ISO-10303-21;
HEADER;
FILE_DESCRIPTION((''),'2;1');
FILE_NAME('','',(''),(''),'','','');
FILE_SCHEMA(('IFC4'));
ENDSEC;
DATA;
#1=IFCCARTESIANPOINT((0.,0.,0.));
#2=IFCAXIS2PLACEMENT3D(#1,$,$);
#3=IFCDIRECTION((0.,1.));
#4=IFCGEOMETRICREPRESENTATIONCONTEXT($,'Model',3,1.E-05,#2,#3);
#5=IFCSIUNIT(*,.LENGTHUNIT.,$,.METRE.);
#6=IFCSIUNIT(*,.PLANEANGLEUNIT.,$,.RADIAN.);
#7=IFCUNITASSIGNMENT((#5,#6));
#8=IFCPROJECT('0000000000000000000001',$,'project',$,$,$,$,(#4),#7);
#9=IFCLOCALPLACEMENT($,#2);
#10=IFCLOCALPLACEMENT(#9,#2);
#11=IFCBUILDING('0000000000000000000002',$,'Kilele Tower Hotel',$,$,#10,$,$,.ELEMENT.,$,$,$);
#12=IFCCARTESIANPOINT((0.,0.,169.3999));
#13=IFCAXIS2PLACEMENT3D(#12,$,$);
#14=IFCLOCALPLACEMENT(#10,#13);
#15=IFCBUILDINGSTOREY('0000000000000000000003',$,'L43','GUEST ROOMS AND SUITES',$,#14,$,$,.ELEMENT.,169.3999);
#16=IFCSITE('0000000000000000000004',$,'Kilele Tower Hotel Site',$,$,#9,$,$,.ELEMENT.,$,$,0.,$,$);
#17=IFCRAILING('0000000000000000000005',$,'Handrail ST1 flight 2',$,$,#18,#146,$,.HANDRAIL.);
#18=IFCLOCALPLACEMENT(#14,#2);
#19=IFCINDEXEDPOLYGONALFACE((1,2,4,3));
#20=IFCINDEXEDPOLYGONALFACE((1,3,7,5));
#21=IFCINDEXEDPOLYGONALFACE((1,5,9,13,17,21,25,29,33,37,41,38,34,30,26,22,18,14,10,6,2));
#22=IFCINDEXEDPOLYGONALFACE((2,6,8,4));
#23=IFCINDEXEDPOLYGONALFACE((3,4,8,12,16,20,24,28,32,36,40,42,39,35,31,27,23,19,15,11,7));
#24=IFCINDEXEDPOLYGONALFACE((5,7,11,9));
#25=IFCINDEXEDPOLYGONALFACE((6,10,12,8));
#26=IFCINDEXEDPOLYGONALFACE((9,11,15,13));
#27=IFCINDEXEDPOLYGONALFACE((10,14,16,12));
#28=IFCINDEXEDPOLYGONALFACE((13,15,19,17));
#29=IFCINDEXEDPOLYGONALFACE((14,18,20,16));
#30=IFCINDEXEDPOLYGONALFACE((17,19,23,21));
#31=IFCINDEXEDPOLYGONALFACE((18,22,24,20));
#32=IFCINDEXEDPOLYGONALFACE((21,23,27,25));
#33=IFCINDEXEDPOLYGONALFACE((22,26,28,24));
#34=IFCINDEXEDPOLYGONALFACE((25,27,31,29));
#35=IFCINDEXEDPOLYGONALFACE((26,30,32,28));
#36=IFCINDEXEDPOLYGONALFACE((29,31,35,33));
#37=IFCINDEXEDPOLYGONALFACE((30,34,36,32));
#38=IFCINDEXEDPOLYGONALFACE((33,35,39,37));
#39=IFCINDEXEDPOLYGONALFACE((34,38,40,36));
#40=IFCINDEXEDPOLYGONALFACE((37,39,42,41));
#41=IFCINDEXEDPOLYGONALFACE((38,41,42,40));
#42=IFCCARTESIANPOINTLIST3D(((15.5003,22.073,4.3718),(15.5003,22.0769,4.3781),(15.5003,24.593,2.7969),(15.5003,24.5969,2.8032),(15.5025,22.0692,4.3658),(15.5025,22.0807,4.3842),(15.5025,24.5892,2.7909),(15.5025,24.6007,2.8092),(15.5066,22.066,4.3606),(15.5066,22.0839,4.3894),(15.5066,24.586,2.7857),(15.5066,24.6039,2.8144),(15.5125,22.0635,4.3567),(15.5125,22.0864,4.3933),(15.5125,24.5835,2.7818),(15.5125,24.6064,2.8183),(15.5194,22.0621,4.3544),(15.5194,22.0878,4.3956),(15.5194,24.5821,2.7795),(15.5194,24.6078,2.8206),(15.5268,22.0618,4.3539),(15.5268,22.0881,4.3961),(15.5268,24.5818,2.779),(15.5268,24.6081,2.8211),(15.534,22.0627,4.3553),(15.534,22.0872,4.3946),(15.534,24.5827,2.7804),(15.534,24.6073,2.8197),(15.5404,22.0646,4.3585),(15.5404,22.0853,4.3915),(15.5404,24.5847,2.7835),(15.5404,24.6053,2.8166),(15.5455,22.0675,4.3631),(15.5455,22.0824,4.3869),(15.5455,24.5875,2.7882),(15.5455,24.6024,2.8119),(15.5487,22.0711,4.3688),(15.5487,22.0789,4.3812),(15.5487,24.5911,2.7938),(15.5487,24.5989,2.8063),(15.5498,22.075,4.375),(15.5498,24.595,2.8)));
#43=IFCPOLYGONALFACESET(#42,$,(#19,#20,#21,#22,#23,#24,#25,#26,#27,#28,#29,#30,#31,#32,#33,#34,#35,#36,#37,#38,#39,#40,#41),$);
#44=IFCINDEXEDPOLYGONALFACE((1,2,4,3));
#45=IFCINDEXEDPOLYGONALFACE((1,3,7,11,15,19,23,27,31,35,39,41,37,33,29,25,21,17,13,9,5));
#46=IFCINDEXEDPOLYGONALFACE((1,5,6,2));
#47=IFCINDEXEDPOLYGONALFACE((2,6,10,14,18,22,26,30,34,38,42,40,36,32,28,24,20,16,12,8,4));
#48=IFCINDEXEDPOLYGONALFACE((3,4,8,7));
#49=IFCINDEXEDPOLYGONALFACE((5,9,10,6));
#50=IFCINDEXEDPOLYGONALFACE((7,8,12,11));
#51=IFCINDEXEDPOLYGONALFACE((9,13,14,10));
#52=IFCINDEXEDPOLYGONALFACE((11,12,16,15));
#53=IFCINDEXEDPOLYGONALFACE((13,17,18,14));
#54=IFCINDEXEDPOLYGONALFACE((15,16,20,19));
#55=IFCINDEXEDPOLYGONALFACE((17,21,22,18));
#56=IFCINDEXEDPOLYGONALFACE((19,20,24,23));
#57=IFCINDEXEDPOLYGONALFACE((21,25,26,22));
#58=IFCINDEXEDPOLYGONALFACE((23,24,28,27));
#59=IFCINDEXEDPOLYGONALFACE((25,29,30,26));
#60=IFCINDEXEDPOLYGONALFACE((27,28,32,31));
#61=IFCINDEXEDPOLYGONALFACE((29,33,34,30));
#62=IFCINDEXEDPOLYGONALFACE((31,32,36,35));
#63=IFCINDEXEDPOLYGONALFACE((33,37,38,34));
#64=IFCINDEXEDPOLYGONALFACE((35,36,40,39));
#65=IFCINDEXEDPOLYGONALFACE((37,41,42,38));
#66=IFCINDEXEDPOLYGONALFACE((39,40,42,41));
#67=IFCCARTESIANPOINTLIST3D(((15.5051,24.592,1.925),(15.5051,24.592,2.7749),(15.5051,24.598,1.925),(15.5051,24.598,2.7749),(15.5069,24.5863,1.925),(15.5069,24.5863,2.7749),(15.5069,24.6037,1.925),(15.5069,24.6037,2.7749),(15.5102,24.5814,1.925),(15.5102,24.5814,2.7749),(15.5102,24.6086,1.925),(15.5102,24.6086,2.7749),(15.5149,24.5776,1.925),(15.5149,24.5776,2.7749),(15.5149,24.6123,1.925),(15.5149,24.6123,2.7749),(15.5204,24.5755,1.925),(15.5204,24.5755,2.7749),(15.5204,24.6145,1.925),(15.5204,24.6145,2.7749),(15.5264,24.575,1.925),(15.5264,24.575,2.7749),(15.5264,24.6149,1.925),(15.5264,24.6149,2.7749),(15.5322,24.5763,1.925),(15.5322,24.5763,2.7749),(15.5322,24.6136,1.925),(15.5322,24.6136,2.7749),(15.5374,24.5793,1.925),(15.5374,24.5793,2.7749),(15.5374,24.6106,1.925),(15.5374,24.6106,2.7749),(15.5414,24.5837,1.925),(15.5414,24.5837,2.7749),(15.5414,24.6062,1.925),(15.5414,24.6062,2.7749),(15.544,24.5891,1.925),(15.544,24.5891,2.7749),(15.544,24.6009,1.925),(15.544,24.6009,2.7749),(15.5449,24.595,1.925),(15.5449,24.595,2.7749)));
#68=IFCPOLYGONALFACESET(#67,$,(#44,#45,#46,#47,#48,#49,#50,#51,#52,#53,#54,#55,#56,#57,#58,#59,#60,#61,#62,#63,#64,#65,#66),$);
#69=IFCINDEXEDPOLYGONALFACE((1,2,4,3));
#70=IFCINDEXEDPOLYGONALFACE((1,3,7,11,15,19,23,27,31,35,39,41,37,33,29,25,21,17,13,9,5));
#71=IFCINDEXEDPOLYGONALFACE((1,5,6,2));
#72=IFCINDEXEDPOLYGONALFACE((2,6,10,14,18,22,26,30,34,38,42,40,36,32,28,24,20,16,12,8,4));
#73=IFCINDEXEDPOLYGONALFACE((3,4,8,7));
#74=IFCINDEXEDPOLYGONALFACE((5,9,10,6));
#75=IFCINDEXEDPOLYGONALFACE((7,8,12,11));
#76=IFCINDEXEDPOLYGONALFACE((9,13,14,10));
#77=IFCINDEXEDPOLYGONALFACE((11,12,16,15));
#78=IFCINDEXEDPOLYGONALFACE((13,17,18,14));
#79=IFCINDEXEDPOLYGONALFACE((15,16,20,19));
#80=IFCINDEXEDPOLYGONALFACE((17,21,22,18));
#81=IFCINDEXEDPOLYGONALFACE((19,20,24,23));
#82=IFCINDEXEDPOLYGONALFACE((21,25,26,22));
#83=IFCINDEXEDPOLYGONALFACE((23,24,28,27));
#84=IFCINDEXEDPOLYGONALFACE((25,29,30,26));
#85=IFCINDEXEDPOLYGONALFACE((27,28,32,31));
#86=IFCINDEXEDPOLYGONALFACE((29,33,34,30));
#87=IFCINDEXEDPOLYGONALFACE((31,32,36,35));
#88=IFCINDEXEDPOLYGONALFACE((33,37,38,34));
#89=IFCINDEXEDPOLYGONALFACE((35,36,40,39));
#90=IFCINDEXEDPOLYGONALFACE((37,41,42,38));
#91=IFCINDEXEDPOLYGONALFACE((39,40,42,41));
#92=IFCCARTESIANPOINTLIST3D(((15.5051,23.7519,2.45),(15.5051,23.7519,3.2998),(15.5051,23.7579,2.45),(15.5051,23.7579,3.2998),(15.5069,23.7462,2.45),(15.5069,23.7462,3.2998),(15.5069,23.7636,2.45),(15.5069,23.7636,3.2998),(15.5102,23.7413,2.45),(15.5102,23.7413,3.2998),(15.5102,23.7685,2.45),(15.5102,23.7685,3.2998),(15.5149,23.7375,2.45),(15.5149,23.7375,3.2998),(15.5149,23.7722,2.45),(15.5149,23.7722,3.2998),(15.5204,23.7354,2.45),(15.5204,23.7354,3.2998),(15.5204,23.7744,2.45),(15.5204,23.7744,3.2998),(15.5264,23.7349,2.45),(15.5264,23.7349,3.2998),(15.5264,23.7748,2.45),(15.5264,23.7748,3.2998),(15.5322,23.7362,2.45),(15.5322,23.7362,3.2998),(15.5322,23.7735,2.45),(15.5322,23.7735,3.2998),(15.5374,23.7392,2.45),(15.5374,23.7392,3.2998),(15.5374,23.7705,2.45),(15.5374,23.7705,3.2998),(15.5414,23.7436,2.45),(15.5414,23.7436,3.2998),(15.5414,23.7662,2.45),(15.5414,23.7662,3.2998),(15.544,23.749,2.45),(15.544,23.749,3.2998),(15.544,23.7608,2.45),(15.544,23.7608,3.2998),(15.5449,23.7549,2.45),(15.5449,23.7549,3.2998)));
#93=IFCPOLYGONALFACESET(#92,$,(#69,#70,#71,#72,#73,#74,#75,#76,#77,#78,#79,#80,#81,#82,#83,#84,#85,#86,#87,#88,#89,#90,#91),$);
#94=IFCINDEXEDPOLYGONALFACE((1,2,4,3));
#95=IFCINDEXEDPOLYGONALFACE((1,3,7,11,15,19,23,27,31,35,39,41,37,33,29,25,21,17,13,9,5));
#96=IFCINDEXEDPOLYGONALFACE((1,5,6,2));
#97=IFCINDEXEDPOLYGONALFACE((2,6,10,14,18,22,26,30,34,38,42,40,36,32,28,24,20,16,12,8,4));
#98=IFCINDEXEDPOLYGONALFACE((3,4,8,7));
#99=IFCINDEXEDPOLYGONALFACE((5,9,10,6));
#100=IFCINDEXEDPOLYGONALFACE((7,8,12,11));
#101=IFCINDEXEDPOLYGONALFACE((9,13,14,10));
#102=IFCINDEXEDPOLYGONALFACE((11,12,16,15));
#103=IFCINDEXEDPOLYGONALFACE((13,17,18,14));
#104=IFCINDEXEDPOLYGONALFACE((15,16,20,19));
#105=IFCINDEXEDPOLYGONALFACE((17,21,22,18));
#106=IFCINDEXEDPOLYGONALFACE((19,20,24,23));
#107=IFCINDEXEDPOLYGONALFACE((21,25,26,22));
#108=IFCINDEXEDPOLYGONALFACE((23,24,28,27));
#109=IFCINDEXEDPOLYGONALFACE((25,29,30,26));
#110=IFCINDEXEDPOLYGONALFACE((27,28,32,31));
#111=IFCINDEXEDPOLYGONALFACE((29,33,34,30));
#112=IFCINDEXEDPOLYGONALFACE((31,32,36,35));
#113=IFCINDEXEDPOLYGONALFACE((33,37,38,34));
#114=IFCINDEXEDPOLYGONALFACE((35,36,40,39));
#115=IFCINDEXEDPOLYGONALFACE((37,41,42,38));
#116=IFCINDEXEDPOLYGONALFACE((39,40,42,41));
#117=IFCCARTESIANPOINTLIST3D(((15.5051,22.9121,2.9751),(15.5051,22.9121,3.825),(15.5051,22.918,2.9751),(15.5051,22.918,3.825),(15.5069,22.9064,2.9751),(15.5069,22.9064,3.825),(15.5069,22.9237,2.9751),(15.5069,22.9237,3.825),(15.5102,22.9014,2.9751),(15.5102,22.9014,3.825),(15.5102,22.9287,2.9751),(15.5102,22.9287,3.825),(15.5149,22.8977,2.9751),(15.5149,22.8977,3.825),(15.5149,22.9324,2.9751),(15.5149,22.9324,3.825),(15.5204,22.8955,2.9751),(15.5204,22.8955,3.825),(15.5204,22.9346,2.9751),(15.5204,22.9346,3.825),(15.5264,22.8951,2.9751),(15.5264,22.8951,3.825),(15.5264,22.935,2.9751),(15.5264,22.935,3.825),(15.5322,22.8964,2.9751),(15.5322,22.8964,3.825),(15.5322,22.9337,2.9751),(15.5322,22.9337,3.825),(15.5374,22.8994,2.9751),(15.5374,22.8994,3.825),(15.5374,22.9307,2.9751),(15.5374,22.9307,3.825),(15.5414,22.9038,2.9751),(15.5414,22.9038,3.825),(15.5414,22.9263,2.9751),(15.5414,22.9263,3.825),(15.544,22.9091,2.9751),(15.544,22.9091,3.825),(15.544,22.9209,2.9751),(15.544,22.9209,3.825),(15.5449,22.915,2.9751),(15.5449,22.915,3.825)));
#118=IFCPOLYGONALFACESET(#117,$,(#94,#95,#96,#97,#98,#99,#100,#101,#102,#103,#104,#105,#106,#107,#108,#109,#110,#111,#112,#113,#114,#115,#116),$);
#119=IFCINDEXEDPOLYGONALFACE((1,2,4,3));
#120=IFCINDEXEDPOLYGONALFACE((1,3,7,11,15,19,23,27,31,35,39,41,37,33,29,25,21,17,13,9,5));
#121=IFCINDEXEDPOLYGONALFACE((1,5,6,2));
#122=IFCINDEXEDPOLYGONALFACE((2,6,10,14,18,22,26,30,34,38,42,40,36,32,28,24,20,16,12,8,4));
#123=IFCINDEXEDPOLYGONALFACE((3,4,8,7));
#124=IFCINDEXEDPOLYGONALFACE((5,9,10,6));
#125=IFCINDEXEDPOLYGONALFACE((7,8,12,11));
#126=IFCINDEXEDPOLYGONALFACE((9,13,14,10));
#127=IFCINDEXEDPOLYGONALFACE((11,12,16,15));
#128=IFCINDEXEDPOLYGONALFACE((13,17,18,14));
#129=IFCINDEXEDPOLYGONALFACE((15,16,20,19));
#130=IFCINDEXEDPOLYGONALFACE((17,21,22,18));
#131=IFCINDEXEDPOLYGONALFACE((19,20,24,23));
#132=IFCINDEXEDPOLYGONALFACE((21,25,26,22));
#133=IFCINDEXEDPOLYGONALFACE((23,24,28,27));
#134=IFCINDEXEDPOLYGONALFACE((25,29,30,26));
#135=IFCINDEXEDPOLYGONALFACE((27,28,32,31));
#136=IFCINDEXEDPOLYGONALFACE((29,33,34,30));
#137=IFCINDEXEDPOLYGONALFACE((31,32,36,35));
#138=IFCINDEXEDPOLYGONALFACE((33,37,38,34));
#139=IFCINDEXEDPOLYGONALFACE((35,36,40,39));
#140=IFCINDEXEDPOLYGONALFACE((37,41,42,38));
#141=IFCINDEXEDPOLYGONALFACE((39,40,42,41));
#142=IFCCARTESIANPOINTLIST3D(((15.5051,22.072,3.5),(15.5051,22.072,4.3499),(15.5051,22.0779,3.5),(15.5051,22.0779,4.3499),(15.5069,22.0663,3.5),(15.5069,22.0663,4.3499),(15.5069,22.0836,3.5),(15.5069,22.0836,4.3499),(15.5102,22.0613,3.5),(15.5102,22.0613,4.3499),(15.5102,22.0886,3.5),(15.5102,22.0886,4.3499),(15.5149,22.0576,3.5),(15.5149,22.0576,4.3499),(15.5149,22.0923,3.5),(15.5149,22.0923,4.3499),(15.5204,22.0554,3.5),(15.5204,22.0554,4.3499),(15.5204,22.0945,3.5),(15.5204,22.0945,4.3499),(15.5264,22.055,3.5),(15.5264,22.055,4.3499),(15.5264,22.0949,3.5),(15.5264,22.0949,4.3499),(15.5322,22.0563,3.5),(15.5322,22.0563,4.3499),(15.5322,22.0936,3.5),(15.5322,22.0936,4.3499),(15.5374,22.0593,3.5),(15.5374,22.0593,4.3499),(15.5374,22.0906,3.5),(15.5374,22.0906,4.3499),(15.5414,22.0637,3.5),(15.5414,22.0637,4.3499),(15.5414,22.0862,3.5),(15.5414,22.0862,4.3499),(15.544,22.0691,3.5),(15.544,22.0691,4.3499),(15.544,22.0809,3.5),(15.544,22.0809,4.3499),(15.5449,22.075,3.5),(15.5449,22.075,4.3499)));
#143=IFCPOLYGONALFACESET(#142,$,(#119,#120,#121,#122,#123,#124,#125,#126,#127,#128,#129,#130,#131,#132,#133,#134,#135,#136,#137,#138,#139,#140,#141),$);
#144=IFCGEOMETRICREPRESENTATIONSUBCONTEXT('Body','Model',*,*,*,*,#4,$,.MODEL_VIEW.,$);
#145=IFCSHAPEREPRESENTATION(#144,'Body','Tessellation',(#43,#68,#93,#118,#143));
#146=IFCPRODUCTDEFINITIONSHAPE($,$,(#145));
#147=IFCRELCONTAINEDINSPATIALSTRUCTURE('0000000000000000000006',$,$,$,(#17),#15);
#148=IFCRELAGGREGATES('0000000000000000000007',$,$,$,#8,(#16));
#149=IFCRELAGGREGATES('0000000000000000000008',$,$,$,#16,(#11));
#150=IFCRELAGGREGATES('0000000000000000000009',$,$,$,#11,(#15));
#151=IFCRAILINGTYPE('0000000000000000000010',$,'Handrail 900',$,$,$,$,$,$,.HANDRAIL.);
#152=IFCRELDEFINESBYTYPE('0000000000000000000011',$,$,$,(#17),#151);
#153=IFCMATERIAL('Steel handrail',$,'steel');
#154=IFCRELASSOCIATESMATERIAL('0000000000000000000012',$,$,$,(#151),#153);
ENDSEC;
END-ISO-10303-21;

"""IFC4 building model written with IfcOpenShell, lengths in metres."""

from ifc_helpers import new_model, si_unit, direction, frame, origin, origin_2d, place, context, subcontext, project, spatial, circle, extrude, material, type_object, element, save


model = new_model("IFC4")

# Units and contexts
model_context = context("Model", 3, precision=1e-05, world=origin(), true_north=direction((0.0, 1.0)))
body_context = subcontext(model_context, "Body", "Model", "MODEL_VIEW")
ifc_project = project(units=[si_unit("LENGTHUNIT", "METRE"), si_unit("PLANEANGLEUNIT", "RADIAN")], contexts=[model_context])

# Site, building, storey
site_placement = place(None, origin())
site = spatial("IfcSite", under=ifc_project, at=site_placement, Name="Kilele Tower Hotel Site", CompositionType="ELEMENT", RefElevation=0.0)
building_placement = place(site_placement, origin())
building = spatial("IfcBuilding", under=site, at=building_placement, Name="Kilele Tower Hotel", CompositionType="ELEMENT")
storey_placement = place(building_placement, frame((0.0, 0.0, 169.3999)))
storey = spatial("IfcBuildingStorey", under=building, at=storey_placement, Name="L43", Description="GUEST ROOMS AND SUITES", CompositionType="ELEMENT", Elevation=169.3999)

# Railing
ifc_material_1 = material(Name="Steel handrail", Category="steel")
railing_type_1 = type_object("IfcRailingType", Name="Handrail 900", PredefinedType="HANDRAIL", material=ifc_material_1)
for number, where, name in (
    (1, (15.5249, 24.595, 1.925), "Handrail ST1 flight 2"),
):
    element("IfcRailing", number, at=place(storey_placement, frame(where)), inside=storey, type_object=railing_type_1, Name=name, PredefinedType="HANDRAIL", context=body_context, shape_type="SweptSolid", body=[
        extrude(circle(Radius=0.0249, at=origin_2d()), frame((0.0, 0.0, 0.875), z_axis=(0.0, -0.848008, 0.529984), x_axis=(1.0, 0.0, 0.0)), (0.0, 0.0, 1.0), 2.9717),
        extrude(circle(Radius=0.02, at=origin_2d()), origin(), (0.0, 0.0, 1.0), 0.8499),
        extrude(circle(Radius=0.02, at=origin_2d()), frame((0.0, -0.8401, 0.5249)), (0.0, 0.0, 1.0), 0.8499),
        extrude(circle(Radius=0.02, at=origin_2d()), frame((0.0, -1.6799, 1.05)), (0.0, 0.0, 1.0), 0.8499),
        extrude(circle(Radius=0.02, at=origin_2d()), frame((0.0, -2.52, 1.575)), (0.0, 0.0, 1.0), 0.8499),
    ])

save(model, "model.ifc")
